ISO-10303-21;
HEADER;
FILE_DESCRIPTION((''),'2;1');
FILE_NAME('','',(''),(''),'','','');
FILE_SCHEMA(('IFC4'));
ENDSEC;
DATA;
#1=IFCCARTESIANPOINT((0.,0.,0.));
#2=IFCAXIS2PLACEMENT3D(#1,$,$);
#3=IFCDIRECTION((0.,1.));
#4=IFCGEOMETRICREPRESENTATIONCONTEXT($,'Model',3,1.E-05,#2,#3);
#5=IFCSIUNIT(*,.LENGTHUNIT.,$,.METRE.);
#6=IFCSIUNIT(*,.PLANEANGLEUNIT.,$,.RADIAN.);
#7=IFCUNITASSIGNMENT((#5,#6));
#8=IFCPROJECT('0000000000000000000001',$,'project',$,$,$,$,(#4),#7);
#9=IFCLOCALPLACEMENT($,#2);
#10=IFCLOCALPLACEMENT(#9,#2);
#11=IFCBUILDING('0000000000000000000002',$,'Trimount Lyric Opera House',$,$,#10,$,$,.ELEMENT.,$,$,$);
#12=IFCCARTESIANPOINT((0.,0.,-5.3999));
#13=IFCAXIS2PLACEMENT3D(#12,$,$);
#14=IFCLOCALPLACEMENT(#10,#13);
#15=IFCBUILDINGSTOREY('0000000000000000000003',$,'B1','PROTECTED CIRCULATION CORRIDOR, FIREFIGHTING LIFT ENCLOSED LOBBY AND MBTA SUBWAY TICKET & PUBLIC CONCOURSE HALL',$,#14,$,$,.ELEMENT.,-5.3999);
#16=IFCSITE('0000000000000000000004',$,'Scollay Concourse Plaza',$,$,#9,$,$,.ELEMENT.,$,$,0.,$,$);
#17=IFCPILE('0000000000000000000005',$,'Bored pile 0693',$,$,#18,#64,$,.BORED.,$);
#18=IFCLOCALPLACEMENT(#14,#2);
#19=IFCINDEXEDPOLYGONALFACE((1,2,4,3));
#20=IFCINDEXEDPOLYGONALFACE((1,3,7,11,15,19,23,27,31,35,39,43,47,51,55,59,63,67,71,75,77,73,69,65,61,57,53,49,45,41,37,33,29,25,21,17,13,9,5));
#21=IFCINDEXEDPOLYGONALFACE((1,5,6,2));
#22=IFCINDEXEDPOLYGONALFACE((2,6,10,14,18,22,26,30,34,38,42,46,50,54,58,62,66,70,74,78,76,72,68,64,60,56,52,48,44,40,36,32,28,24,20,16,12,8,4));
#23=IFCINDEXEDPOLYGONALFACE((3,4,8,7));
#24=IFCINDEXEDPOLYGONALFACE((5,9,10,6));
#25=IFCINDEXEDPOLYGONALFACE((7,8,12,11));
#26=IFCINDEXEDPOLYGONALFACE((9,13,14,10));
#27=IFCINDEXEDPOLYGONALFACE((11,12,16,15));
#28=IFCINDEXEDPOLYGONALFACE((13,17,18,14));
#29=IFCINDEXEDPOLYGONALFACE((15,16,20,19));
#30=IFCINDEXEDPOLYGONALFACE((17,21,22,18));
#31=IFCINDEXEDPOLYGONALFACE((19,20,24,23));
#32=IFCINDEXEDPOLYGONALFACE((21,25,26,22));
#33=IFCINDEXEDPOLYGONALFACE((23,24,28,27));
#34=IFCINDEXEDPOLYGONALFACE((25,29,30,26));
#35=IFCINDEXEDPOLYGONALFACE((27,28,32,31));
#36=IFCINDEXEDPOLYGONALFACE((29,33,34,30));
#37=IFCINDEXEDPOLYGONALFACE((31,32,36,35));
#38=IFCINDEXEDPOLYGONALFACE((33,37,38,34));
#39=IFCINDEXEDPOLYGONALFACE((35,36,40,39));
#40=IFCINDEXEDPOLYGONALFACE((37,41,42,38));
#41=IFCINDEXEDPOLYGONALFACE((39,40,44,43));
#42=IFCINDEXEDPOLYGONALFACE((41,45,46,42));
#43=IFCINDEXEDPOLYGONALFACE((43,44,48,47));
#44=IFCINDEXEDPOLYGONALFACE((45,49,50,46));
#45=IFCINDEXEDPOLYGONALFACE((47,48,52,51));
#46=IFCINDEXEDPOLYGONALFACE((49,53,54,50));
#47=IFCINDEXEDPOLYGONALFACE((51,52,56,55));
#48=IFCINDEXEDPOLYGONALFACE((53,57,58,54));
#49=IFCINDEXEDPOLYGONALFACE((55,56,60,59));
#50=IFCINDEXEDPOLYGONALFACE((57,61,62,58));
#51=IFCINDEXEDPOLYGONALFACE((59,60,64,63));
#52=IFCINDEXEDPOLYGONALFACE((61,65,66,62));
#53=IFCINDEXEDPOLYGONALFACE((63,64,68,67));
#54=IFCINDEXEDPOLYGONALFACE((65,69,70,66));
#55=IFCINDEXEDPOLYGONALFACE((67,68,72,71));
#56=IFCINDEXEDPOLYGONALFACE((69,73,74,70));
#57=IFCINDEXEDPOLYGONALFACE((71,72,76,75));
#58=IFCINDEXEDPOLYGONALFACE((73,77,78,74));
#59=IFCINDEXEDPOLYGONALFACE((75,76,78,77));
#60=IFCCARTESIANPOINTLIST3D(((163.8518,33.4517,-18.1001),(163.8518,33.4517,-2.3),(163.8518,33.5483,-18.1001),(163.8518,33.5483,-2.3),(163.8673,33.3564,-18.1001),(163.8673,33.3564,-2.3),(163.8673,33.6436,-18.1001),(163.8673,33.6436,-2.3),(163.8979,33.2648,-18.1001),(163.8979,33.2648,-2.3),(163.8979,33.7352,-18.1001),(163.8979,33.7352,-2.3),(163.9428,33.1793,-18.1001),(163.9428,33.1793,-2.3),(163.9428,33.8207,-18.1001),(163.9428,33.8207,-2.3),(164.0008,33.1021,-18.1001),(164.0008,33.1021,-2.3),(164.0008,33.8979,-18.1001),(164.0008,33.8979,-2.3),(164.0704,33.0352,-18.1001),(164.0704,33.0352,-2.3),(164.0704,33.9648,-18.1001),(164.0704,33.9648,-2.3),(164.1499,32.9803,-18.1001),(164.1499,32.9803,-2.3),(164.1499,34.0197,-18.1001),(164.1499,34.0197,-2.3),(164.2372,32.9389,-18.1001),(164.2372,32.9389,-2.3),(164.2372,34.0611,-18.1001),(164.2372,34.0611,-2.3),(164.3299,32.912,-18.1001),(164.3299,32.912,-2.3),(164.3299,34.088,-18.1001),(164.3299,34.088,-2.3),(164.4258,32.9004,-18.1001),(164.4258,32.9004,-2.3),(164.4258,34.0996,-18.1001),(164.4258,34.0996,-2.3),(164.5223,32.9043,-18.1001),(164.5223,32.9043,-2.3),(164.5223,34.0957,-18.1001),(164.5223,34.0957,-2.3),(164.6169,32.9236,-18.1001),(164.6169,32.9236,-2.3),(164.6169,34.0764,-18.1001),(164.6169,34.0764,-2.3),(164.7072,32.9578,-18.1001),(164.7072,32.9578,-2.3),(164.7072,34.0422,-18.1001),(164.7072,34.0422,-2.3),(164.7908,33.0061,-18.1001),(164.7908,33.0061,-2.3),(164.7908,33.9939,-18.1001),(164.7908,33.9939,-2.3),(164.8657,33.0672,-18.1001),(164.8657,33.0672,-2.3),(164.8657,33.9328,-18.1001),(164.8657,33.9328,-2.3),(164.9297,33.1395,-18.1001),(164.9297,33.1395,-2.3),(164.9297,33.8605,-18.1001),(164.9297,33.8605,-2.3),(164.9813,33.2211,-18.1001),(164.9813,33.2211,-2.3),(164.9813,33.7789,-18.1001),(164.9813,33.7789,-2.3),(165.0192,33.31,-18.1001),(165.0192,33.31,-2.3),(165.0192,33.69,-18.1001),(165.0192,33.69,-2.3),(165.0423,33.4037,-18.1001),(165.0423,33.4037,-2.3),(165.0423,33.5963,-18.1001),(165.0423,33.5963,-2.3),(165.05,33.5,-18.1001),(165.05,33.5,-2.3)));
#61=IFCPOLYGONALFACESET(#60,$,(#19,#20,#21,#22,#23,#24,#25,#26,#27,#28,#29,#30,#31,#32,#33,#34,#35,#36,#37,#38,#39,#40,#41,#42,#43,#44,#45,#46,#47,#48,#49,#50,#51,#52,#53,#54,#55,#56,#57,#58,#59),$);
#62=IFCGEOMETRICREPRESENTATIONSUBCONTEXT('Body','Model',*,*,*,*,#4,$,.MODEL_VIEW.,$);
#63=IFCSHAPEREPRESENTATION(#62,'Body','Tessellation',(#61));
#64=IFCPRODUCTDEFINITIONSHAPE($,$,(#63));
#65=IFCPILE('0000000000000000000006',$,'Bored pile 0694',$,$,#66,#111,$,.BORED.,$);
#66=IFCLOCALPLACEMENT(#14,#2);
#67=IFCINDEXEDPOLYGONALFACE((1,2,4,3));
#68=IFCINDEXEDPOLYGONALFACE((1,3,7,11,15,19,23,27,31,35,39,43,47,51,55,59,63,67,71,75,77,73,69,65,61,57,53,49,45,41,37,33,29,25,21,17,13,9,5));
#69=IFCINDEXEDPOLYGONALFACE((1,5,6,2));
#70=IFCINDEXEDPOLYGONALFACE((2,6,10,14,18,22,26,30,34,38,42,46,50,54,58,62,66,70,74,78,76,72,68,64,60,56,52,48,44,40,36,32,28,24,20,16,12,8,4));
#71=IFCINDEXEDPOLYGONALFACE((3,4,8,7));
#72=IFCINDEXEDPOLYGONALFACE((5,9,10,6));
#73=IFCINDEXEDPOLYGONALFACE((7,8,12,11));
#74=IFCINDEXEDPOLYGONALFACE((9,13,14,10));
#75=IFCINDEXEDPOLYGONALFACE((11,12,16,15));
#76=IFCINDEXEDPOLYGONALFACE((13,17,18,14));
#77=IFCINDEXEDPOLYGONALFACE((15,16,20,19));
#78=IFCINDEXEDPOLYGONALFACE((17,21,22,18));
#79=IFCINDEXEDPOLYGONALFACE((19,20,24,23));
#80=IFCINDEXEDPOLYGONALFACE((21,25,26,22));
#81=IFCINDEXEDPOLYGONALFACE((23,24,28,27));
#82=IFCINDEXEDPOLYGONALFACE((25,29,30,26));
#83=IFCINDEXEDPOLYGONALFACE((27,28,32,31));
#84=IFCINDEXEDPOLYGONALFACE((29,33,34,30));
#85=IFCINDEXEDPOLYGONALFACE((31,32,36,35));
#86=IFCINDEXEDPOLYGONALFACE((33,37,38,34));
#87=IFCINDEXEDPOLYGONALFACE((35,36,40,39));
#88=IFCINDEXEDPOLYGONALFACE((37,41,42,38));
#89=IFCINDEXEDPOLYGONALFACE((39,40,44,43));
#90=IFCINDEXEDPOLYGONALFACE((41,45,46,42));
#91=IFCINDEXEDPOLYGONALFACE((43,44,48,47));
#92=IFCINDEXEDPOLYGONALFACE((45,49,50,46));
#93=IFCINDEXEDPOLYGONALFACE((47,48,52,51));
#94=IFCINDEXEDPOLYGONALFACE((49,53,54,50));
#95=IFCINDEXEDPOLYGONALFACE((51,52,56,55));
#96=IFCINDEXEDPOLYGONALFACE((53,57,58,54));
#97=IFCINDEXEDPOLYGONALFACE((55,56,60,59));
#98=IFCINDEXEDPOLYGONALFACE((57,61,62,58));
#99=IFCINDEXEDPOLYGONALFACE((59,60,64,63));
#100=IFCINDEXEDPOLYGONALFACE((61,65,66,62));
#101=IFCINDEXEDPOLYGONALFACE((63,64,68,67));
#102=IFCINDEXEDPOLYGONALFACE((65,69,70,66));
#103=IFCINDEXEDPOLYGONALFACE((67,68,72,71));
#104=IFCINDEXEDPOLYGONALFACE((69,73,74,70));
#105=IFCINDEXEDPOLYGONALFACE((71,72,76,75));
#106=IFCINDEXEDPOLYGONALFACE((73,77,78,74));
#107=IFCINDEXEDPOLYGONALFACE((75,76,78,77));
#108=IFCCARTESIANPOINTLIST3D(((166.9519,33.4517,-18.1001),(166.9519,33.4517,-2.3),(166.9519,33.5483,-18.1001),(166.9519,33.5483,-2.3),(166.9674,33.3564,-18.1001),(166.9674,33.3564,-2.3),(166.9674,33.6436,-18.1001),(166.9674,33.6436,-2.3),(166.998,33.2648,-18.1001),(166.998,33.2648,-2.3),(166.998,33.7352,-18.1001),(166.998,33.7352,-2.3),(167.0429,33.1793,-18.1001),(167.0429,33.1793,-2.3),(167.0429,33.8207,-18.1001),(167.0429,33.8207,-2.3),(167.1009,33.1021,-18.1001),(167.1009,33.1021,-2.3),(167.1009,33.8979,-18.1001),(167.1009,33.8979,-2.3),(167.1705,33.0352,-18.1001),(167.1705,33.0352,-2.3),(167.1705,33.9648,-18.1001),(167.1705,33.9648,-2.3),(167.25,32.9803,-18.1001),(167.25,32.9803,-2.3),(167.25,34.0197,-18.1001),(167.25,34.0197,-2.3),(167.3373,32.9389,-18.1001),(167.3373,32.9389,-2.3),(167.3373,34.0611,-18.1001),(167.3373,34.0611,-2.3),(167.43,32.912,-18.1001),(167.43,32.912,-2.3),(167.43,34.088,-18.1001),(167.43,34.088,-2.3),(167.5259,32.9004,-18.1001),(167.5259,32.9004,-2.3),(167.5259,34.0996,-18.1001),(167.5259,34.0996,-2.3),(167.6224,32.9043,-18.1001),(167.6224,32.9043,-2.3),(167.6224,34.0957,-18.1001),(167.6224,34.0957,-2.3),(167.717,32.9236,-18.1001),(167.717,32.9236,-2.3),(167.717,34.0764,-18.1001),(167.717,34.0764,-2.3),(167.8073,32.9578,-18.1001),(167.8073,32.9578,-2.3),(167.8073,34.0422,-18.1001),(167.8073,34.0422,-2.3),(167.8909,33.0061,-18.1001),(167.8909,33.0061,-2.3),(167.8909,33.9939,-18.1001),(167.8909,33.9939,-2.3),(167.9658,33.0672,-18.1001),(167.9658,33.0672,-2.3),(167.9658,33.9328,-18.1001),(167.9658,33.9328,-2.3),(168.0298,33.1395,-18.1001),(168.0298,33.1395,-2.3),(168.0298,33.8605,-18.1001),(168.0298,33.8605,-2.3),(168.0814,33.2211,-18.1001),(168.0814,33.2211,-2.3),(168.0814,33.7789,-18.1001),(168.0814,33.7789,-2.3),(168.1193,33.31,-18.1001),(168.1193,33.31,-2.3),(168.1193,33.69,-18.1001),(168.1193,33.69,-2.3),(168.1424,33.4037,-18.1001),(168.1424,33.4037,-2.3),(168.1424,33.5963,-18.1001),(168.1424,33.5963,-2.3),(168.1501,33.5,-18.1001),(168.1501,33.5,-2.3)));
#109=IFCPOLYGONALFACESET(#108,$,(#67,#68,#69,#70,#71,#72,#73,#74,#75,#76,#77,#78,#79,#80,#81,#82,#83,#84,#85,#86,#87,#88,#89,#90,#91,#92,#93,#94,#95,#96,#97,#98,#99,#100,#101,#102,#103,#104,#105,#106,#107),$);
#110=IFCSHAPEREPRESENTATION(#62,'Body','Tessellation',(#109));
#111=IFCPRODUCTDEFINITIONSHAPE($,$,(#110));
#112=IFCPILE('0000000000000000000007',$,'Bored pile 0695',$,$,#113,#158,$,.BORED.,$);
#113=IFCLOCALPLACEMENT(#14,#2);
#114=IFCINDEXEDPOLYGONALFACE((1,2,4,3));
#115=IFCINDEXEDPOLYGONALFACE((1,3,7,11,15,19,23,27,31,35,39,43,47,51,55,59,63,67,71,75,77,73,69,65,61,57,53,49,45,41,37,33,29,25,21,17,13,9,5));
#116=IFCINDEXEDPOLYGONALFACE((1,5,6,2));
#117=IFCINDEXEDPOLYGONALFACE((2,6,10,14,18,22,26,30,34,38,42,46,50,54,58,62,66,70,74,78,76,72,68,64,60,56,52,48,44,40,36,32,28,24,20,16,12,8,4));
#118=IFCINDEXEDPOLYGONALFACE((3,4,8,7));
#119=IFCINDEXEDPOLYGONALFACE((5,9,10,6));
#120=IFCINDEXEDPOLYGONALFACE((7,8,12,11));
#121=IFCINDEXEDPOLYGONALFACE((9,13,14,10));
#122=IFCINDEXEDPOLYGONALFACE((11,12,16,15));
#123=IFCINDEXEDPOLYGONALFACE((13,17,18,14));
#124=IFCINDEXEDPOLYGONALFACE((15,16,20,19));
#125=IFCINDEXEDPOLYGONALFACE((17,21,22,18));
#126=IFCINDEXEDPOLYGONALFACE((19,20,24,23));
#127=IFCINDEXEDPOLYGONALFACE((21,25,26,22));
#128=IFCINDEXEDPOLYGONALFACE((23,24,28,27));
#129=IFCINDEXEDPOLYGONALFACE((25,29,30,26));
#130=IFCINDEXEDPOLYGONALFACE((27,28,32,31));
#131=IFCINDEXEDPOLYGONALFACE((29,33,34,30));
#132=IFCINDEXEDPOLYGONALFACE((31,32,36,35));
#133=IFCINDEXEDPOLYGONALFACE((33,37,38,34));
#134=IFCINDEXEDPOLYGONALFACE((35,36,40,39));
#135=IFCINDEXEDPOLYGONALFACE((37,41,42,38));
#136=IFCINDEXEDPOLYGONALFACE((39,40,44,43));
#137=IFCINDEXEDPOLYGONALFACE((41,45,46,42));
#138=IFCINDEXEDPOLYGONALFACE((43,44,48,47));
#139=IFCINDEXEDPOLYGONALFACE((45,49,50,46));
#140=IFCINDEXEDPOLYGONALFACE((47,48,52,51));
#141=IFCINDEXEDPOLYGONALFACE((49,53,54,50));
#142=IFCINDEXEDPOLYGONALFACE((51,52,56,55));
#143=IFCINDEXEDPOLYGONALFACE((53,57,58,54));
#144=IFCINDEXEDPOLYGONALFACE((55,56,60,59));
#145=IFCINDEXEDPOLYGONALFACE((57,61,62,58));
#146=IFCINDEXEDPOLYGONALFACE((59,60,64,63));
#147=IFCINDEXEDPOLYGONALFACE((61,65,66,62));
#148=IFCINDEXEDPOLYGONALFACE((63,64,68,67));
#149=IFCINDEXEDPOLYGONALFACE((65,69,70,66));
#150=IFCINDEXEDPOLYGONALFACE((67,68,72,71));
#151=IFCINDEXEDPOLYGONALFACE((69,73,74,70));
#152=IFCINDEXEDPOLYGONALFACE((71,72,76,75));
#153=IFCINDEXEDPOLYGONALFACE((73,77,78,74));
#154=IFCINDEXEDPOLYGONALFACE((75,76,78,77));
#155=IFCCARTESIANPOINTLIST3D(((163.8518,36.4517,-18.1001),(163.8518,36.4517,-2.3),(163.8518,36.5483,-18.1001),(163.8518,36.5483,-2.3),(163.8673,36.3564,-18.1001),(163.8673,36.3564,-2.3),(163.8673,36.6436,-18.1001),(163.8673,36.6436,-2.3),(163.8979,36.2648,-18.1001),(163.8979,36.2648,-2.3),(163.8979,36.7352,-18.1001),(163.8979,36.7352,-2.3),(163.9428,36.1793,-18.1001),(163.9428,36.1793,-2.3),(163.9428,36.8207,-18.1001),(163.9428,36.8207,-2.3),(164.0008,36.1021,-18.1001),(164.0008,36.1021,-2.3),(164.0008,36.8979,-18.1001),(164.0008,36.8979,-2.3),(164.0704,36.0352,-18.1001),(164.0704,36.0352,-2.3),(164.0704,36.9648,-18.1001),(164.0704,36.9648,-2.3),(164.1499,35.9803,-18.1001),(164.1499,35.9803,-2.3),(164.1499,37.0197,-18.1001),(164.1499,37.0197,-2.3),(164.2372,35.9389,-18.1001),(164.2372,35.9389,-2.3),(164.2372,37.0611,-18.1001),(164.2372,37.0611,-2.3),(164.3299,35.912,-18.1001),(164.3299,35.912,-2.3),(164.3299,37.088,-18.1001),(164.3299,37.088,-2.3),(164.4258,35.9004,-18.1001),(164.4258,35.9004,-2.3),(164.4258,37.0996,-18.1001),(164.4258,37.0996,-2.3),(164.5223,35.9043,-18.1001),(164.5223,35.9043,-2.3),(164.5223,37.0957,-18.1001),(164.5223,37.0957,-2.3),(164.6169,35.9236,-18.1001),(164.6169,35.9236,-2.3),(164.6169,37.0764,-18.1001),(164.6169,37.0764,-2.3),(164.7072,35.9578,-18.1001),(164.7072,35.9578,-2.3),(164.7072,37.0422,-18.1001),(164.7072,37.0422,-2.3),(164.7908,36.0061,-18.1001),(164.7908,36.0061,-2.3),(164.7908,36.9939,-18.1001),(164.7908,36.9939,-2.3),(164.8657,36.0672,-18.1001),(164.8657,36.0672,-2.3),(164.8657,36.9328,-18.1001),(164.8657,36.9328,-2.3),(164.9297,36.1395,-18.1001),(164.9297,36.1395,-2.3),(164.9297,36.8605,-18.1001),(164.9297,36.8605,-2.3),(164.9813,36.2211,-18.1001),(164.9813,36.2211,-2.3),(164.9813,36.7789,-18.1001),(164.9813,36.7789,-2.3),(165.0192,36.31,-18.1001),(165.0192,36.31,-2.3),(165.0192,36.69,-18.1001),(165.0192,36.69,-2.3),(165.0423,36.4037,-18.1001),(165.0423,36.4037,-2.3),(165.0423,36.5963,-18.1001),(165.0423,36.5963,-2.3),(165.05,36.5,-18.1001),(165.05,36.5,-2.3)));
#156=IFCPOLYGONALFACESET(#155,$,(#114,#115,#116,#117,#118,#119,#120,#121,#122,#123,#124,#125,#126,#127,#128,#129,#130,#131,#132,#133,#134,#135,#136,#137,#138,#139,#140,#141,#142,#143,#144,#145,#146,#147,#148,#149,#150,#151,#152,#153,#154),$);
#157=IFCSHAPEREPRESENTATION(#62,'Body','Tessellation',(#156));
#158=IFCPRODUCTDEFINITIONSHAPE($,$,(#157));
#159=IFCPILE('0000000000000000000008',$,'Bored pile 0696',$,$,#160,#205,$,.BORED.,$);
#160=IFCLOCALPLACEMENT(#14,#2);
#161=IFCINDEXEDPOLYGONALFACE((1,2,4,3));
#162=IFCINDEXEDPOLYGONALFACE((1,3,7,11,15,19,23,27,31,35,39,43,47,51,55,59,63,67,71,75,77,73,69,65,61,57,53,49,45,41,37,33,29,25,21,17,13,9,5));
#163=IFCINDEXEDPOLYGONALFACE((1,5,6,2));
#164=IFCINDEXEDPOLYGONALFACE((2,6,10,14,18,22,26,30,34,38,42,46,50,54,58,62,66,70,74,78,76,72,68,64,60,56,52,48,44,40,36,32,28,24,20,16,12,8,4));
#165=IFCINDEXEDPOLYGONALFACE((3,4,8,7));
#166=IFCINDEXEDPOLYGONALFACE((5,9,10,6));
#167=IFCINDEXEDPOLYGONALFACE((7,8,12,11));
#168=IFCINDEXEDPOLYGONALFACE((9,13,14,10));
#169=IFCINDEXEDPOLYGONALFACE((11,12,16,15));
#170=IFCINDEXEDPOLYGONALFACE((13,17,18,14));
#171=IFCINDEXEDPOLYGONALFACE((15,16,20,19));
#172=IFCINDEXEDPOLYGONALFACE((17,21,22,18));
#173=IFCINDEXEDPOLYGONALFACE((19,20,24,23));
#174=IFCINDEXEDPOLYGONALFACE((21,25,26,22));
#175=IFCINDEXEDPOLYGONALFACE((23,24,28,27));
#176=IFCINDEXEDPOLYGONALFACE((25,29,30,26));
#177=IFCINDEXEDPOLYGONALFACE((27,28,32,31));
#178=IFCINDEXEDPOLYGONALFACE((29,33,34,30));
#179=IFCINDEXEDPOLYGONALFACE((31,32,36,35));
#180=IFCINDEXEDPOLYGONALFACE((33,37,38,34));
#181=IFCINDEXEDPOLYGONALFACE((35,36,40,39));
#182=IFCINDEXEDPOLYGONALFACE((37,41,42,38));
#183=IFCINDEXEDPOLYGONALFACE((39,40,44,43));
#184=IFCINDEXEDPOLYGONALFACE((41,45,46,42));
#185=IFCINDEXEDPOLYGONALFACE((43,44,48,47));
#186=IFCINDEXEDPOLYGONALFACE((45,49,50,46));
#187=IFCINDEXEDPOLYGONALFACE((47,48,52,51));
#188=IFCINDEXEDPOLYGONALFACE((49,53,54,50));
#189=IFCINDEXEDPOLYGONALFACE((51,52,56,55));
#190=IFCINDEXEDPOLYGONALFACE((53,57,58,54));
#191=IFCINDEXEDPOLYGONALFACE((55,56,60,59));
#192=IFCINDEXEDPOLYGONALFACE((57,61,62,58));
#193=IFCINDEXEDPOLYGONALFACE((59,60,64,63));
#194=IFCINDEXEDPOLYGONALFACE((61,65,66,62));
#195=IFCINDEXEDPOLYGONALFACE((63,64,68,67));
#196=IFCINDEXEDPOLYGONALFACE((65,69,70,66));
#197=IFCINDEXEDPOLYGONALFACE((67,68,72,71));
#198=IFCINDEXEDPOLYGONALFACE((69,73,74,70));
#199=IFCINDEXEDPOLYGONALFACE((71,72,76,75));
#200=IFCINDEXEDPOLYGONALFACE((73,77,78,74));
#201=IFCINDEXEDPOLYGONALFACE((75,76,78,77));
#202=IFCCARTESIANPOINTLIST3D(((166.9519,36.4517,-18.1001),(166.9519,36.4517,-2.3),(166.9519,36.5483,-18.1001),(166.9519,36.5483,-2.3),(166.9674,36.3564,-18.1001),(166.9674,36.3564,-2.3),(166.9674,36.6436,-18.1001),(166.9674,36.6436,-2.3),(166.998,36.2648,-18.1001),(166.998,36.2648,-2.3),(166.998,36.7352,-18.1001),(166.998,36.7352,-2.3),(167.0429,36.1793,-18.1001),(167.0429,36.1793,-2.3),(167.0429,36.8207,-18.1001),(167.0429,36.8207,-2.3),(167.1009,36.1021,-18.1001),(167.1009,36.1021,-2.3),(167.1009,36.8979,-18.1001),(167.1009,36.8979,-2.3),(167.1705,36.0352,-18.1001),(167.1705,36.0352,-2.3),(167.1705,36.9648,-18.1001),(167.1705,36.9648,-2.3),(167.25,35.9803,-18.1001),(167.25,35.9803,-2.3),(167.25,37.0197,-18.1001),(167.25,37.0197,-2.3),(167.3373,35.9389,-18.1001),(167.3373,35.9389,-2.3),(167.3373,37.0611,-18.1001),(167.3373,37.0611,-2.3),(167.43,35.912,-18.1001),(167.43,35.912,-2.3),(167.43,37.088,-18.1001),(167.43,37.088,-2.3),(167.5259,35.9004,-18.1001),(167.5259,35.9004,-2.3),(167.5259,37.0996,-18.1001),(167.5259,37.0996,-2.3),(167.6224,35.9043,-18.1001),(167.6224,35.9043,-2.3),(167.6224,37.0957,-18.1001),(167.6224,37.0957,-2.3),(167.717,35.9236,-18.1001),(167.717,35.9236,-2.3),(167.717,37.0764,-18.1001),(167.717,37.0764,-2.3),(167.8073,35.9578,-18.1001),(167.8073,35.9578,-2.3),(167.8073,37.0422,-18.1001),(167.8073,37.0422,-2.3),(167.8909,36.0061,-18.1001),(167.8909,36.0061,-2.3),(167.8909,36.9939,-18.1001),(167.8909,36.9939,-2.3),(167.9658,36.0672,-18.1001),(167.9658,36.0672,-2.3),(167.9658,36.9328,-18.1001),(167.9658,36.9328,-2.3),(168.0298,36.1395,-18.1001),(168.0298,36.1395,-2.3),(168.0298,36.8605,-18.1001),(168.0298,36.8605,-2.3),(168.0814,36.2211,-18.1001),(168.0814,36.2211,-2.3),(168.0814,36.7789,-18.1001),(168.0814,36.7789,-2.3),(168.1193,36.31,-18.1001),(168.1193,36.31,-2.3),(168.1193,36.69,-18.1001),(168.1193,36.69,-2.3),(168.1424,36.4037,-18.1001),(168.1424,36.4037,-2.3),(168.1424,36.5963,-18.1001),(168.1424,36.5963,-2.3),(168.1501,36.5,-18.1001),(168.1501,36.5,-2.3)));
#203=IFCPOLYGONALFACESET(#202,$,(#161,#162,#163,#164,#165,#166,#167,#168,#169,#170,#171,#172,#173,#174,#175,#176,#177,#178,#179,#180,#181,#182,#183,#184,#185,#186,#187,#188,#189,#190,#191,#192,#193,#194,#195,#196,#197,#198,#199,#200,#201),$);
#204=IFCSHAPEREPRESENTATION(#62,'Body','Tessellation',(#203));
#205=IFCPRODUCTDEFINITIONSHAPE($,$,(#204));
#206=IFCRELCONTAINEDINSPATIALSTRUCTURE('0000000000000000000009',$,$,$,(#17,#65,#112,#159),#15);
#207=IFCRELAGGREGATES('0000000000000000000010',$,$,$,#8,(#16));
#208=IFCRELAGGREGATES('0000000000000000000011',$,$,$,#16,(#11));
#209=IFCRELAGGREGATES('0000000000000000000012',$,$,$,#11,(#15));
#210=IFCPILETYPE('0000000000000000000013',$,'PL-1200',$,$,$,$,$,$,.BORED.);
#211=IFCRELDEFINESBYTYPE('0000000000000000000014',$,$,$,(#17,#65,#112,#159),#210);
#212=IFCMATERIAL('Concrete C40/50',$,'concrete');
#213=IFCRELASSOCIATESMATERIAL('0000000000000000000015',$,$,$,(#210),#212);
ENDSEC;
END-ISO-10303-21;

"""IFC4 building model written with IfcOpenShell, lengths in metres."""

from ifc_helpers import new_model, si_unit, direction, frame, origin, origin_2d, place, context, subcontext, project, spatial, circle, extrude, material, material_profile, profile_set, type_object, element, save


model = new_model("IFC4")

# Units and contexts
model_context = context("Model", 3, precision=1e-05, world=origin(), true_north=direction((0.0, 1.0)))
body_context = subcontext(model_context, "Body", "Model", "MODEL_VIEW")
ifc_project = project(units=[si_unit("LENGTHUNIT", "METRE"), si_unit("PLANEANGLEUNIT", "RADIAN")], contexts=[model_context])

# Site, building, storey
site_placement = place(None, origin())
site = spatial("IfcSite", under=ifc_project, at=site_placement, Name="Scollay Concourse Plaza", CompositionType="ELEMENT", RefElevation=0.0)
building_placement = place(site_placement, origin())
building = spatial("IfcBuilding", under=site, at=building_placement, Name="Trimount Lyric Opera House", CompositionType="ELEMENT")
storey_placement = place(building_placement, frame((0.0, 0.0, -5.3999)))
storey = spatial("IfcBuildingStorey", under=building, at=storey_placement, Name="B1", Description="PROTECTED CIRCULATION CORRIDOR, FIREFIGHTING LIFT ENCLOSED LOBBY AND MBTA SUBWAY TICKET & PUBLIC CONCOURSE HALL", CompositionType="ELEMENT", Elevation=-5.3999)

# Piles
ifc_material_1 = material(Name="Concrete C40/50", Category="concrete")
ifc_material_profile_1 = material_profile(ifc_material_1, circle(Radius=0.6001, at=origin_2d()), Name="PILE-D1200")
ifc_profile_set_1 = profile_set([ifc_material_profile_1], Name="Concrete C40/50")
pile_type_1 = type_object("IfcPileType", Name="PL-1200", PredefinedType="BORED", material=ifc_profile_set_1)
for number, where, z_axis, x_axis, name in (
    (1, (164.45, 33.5, -2.3), (0.0, 0.0, -1.0), (1.0, 0.0, 0.0), "Bored pile 0693"),
    (2, (167.55, 33.5, -2.3), (0.0, 0.0, -1.0), (1.0, 0.0, 0.0), "Bored pile 0694"),
    (3, (164.45, 36.5, -2.3), (0.0, 0.0, -1.0), (1.0, 0.0, 0.0), "Bored pile 0695"),
    (4, (167.55, 36.5, -2.3), (0.0, 0.0, -1.0), (1.0, 0.0, 0.0), "Bored pile 0696"),
):
    element("IfcPile", number, at=place(storey_placement, frame(where, z_axis=z_axis, x_axis=x_axis)), inside=storey, type_object=pile_type_1, Name=name, PredefinedType="BORED", context=body_context, shape_type="SweptSolid", body=[
        extrude(circle(Radius=0.6001, at=origin_2d()), origin(), (0.0, 0.0, 1.0), 15.8),
    ])

save(model, "model.ifc")
